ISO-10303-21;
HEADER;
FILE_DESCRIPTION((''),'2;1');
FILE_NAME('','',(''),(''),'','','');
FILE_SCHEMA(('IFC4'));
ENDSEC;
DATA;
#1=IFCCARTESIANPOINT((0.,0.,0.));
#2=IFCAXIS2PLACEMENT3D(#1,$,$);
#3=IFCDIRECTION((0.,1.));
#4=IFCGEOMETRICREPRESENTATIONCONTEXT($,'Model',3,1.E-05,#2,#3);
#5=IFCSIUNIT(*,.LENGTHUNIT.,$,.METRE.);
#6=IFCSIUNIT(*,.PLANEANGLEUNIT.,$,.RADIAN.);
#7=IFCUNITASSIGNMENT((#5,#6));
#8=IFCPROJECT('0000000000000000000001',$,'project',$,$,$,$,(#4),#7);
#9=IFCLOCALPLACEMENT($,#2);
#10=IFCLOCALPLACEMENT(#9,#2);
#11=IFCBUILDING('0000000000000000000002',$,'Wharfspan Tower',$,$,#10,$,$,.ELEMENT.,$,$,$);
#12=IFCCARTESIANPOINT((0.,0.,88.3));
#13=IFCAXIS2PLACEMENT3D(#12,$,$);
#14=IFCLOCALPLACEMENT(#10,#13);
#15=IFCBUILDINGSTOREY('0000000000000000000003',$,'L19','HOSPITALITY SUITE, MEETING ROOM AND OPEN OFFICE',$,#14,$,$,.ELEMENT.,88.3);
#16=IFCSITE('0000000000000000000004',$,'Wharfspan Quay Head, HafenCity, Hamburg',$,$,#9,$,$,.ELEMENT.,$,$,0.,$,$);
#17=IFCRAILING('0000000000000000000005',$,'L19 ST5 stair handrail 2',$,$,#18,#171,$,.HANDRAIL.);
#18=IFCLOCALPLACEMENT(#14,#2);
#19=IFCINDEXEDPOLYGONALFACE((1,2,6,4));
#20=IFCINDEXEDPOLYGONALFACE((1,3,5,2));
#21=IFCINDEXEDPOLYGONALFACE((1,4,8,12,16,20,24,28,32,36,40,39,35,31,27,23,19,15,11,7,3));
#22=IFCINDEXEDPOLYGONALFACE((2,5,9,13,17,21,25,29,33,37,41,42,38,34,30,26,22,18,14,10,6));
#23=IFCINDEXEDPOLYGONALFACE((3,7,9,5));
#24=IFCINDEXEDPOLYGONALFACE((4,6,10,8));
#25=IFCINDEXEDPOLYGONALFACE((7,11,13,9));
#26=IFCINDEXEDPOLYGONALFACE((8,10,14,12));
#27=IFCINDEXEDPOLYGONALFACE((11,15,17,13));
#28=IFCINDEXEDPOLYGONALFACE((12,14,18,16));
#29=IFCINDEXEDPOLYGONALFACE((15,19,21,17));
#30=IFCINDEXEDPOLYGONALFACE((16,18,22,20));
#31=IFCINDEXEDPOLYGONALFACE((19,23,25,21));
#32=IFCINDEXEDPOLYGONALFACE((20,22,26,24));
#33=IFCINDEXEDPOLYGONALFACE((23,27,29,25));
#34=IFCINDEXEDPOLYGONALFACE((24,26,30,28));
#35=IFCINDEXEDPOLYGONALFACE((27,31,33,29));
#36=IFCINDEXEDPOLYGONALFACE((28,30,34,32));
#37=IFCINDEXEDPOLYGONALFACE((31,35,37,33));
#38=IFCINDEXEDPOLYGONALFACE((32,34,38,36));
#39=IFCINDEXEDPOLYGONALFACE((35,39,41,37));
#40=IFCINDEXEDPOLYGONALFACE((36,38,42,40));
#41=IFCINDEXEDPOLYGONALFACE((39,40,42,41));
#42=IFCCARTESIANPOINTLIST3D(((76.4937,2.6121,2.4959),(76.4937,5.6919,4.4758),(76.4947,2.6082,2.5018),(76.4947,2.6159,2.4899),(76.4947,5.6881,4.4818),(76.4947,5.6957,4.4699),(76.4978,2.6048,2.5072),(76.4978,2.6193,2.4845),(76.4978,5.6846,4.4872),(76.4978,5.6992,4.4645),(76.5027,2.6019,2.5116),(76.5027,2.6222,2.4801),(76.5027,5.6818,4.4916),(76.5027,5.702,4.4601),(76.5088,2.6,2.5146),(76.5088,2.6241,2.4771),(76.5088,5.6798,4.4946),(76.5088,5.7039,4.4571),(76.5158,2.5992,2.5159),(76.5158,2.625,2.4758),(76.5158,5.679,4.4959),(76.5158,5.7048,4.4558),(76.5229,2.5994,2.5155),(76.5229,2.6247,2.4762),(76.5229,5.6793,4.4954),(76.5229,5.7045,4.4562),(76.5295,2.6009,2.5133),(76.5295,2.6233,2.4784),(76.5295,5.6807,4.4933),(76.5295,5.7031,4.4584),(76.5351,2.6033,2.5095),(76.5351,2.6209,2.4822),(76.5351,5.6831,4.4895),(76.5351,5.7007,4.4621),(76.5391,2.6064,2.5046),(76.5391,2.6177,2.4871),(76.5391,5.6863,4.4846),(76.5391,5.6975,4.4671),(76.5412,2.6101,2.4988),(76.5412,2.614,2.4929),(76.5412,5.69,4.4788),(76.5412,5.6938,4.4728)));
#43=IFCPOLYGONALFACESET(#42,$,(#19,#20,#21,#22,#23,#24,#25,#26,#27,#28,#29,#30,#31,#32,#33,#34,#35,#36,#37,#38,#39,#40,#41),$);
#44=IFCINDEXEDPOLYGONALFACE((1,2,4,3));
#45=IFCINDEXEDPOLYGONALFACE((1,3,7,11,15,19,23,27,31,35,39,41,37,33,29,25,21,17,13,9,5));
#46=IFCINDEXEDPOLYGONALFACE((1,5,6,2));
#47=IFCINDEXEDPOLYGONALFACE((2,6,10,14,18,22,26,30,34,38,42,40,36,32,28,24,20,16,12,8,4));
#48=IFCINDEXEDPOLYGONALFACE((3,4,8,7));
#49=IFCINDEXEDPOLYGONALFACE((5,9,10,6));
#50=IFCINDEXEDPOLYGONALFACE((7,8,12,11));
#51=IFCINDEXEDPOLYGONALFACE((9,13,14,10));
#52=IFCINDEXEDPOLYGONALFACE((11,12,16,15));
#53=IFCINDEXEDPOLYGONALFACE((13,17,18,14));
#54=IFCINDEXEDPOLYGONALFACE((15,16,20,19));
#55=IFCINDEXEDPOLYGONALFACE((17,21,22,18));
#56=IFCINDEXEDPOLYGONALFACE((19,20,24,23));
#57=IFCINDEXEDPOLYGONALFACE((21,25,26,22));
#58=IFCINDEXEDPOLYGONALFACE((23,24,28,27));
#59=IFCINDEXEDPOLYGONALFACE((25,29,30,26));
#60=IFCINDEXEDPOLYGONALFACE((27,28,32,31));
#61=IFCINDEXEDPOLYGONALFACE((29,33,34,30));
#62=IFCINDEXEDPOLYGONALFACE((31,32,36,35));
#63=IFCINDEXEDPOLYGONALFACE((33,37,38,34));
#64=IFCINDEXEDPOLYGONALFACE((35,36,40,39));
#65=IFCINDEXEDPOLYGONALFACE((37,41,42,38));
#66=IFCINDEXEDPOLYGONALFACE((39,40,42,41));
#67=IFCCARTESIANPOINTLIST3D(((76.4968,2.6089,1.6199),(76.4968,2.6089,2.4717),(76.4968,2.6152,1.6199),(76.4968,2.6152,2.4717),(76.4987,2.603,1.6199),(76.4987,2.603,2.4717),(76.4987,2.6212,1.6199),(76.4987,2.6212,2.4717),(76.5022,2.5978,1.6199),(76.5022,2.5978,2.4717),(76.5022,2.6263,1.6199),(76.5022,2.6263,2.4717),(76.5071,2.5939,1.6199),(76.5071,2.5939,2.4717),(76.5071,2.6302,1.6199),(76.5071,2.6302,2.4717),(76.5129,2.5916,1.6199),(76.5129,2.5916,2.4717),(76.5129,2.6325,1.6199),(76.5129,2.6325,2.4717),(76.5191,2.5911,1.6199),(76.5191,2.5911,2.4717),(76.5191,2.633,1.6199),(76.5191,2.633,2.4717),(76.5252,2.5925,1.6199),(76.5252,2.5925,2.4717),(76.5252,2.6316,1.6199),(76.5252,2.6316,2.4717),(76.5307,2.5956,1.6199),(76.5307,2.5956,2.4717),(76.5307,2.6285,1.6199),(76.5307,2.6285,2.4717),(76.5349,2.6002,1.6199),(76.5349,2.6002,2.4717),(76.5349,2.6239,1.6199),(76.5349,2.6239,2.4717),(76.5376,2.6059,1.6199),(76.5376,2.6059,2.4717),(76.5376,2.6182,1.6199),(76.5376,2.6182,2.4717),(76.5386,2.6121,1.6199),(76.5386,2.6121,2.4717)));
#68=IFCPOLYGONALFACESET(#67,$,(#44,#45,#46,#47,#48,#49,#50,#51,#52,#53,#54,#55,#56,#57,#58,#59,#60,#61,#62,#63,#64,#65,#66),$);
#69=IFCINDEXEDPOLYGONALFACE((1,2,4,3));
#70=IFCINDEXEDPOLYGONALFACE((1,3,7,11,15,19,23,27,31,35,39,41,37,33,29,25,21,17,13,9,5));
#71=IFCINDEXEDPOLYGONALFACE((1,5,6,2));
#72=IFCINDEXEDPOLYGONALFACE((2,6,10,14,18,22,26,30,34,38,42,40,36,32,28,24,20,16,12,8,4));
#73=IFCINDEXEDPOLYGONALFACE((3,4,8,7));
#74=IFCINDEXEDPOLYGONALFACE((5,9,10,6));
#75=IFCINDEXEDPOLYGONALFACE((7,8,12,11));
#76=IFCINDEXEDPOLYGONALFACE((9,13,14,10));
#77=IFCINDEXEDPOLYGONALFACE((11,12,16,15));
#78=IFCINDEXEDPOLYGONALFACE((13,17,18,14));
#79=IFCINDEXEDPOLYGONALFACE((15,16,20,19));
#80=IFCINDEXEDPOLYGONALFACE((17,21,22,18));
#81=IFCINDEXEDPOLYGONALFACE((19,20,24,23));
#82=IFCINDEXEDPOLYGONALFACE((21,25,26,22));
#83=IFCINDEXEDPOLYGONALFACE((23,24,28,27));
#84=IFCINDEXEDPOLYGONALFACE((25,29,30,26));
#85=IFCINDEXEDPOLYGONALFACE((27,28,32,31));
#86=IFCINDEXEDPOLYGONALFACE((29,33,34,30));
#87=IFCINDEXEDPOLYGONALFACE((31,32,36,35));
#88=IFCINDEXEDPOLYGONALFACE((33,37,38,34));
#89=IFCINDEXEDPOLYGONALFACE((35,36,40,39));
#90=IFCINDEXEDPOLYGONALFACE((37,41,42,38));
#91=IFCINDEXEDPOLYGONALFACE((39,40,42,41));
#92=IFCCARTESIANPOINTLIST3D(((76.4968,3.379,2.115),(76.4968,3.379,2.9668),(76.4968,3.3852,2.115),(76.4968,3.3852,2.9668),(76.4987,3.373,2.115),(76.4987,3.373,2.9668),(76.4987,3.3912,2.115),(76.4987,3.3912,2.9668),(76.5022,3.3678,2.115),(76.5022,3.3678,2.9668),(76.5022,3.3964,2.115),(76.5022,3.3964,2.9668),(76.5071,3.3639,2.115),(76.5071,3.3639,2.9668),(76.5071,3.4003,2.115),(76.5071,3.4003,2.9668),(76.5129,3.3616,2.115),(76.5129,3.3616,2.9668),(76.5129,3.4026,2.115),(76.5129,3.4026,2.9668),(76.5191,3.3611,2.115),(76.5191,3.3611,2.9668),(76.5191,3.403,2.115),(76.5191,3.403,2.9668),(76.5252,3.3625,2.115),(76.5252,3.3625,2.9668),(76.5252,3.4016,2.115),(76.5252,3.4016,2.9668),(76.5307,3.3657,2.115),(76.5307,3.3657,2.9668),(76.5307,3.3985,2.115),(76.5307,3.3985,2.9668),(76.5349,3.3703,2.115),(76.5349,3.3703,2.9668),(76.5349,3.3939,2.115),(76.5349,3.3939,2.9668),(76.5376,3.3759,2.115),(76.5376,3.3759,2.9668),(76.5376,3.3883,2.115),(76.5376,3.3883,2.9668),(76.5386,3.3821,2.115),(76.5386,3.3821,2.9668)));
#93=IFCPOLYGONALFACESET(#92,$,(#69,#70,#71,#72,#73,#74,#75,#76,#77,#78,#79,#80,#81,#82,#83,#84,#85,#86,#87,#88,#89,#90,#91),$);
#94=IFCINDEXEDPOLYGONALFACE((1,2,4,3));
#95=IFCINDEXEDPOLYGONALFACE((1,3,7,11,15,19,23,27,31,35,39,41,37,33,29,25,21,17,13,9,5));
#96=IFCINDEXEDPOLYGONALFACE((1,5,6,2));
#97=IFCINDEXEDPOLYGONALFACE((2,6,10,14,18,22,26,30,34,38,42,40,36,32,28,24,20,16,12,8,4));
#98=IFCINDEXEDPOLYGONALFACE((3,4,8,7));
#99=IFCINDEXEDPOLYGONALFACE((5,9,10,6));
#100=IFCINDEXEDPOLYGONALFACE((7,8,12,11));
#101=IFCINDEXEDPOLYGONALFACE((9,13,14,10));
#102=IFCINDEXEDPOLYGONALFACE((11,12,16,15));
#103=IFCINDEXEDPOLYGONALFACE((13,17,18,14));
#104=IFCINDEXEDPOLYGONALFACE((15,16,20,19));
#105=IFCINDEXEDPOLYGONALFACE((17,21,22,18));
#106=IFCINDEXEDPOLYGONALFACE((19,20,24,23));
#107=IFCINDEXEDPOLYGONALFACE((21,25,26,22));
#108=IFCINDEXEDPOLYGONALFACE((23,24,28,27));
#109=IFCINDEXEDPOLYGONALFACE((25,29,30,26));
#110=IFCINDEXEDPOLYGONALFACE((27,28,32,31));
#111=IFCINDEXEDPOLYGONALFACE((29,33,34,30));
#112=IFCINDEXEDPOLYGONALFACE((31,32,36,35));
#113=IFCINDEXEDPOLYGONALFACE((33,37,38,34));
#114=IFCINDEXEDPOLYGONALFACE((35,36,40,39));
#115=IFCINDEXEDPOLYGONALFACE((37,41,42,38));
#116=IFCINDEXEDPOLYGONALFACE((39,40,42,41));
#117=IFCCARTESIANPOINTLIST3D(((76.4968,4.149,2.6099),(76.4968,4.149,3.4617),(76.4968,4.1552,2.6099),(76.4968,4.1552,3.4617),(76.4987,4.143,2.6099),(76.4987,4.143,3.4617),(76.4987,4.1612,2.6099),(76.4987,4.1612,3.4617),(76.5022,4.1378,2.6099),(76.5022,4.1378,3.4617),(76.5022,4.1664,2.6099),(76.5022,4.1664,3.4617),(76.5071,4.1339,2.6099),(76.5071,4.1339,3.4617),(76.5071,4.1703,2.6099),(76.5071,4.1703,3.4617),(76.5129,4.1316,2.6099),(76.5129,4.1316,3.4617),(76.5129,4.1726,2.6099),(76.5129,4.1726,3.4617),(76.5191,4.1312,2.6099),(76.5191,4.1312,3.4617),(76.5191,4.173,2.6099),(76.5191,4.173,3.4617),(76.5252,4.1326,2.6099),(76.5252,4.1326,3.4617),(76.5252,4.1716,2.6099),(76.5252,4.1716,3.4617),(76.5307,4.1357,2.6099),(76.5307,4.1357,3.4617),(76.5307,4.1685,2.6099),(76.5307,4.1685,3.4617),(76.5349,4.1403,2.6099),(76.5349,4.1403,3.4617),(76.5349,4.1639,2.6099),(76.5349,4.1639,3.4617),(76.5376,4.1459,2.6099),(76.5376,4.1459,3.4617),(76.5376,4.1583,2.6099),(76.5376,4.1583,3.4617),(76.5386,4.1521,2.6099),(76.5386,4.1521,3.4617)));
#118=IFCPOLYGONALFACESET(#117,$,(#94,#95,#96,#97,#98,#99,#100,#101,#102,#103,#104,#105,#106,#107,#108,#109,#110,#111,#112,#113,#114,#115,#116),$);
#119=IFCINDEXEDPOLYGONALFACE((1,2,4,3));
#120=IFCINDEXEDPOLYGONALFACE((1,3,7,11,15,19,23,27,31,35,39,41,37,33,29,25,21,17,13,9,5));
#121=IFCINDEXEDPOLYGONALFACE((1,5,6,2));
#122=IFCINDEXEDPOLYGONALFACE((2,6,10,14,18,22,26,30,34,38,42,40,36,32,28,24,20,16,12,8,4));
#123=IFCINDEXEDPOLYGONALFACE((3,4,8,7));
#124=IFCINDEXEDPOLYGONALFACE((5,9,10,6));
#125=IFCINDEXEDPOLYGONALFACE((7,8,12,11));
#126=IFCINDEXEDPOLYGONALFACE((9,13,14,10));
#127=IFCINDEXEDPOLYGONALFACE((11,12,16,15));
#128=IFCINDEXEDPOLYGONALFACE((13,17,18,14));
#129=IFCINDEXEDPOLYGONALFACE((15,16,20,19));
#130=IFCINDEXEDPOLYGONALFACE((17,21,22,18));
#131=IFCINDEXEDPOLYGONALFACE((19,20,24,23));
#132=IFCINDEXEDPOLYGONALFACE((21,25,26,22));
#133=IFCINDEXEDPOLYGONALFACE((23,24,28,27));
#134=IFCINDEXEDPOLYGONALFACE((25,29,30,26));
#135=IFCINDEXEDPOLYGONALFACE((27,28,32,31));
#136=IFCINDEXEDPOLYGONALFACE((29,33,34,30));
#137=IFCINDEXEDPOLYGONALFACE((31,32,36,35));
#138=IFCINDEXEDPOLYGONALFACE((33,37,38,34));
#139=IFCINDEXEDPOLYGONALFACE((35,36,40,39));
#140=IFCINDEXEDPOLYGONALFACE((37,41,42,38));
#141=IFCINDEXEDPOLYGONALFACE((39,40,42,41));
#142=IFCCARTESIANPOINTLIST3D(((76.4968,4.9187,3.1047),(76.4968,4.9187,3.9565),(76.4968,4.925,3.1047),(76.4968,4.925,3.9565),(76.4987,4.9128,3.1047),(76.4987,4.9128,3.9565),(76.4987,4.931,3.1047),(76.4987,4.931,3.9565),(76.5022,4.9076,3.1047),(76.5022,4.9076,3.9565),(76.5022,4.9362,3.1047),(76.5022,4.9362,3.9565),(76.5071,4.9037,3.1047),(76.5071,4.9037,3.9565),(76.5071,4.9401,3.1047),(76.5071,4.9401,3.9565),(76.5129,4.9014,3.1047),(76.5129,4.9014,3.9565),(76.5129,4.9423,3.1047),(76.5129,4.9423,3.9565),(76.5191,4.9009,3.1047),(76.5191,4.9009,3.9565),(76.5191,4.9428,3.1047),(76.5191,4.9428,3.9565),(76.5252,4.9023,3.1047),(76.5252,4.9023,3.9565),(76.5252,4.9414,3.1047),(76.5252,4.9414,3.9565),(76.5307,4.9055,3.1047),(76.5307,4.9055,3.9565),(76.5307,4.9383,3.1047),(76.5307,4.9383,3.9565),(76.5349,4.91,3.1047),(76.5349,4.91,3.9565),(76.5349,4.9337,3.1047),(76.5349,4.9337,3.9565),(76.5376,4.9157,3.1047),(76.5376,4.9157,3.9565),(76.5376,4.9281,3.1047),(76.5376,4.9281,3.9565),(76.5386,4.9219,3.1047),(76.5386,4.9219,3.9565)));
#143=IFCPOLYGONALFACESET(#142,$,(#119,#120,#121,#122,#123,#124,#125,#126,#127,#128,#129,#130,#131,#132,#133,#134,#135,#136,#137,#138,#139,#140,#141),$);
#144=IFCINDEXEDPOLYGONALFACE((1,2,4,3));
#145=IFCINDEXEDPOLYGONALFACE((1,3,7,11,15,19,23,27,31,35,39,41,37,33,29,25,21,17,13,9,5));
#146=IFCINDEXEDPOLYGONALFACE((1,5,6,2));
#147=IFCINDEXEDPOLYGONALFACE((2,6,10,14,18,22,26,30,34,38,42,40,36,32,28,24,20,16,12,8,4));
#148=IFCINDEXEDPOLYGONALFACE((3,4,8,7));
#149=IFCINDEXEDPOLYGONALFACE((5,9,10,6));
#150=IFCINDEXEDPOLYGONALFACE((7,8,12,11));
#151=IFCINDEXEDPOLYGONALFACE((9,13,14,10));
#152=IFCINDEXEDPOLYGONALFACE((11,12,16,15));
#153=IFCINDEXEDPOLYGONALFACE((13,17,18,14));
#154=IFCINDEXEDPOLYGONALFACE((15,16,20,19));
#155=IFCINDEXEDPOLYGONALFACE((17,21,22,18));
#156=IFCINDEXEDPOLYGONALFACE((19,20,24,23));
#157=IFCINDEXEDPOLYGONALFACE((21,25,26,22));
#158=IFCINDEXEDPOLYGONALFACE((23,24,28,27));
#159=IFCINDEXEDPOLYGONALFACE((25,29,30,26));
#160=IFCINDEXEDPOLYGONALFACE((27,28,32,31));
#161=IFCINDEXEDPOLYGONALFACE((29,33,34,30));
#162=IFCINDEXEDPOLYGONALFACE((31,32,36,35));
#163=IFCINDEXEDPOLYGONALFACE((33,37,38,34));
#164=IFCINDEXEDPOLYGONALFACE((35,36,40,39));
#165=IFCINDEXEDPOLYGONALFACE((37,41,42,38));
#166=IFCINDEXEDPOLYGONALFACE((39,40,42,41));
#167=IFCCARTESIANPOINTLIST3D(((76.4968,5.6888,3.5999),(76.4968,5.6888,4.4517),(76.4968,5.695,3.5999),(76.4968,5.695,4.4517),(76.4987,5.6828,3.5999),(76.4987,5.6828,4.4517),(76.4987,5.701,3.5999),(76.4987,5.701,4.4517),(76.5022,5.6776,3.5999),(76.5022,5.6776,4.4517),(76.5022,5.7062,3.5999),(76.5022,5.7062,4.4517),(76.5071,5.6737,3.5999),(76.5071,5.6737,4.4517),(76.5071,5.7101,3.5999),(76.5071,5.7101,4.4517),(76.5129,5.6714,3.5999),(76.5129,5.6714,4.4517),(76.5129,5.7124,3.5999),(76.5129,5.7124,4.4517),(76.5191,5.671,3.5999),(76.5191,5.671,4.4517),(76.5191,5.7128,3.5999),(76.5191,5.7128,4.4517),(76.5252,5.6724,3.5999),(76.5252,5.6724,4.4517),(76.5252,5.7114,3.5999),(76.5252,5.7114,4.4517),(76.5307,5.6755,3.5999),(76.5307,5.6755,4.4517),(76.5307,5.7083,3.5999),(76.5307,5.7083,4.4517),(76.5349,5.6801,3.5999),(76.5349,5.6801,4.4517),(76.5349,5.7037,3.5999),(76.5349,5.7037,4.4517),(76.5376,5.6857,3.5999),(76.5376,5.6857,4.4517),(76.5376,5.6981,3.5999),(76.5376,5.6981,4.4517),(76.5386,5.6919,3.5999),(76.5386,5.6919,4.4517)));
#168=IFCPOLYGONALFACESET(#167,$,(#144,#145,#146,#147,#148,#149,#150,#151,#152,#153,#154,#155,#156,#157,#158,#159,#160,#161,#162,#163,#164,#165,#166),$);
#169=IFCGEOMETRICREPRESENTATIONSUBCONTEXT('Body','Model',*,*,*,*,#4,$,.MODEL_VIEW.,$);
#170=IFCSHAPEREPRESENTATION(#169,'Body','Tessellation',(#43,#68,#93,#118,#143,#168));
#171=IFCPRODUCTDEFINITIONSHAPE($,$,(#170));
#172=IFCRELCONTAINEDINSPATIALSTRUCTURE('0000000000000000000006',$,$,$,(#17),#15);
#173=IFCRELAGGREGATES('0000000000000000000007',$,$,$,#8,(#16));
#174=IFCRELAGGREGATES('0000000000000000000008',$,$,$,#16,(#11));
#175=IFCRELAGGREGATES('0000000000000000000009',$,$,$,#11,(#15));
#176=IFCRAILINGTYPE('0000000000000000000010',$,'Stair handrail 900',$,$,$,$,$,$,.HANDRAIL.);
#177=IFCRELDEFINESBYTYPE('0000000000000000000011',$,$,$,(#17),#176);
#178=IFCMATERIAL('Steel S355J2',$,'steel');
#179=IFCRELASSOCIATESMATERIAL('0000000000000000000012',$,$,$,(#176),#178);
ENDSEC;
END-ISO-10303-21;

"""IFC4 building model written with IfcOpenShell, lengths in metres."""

from ifc_helpers import new_model, si_unit, direction, frame, origin, origin_2d, place, context, subcontext, project, spatial, circle, extrude, material, type_object, element, save


model = new_model("IFC4")

# Units and contexts
model_context = context("Model", 3, precision=1e-05, world=origin(), true_north=direction((0.0, 1.0)))
body_context = subcontext(model_context, "Body", "Model", "MODEL_VIEW")
ifc_project = project(units=[si_unit("LENGTHUNIT", "METRE"), si_unit("PLANEANGLEUNIT", "RADIAN")], contexts=[model_context])

# Site, building, storey
site_placement = place(None, origin())
site = spatial("IfcSite", under=ifc_project, at=site_placement, Name="Wharfspan Quay Head, HafenCity, Hamburg", CompositionType="ELEMENT", RefElevation=0.0)
building_placement = place(site_placement, origin())
building = spatial("IfcBuilding", under=site, at=building_placement, Name="Wharfspan Tower", CompositionType="ELEMENT")
storey_placement = place(building_placement, frame((0.0, 0.0, 88.3)))
storey = spatial("IfcBuildingStorey", under=building, at=storey_placement, Name="L19", Description="HOSPITALITY SUITE, MEETING ROOM AND OPEN OFFICE", CompositionType="ELEMENT", Elevation=88.3)

# Shared definitions
ifc_material_1 = material(Name="Steel S355J2", Category="steel")

# Railing
railing_type_1 = type_object("IfcRailingType", Name="Stair handrail 900", PredefinedType="HANDRAIL", material=ifc_material_1)
railing_1_placement = place(storey_placement, frame((76.5176, 2.6121, 1.6199)))
element("IfcRailing", 1, at=railing_1_placement, inside=storey, type_object=railing_type_1, Name="L19 ST5 stair handrail 2", PredefinedType="HANDRAIL", context=body_context, shape_type="SweptSolid", body=[
    extrude(circle(Radius=0.0239, at=origin_2d()), frame((0.0, 0.0, 0.876), z_axis=(0.0, 0.841168, 0.540774), x_axis=(-1.0, 0.0, 0.0)), (0.0, 0.0, 1.0), 3.6614),
    extrude(circle(Radius=0.021, at=origin_2d()), origin(), (0.0, 0.0, 1.0), 0.8518),
    extrude(circle(Radius=0.021, at=origin_2d()), frame((0.0, 0.77, 0.4951)), (0.0, 0.0, 1.0), 0.8518),
    extrude(circle(Radius=0.021, at=origin_2d()), frame((0.0, 1.54, 0.99)), (0.0, 0.0, 1.0), 0.8518),
    extrude(circle(Radius=0.021, at=origin_2d()), frame((0.0, 2.3098, 1.4849)), (0.0, 0.0, 1.0), 0.8518),
    extrude(circle(Radius=0.021, at=origin_2d()), frame((0.0, 3.0798, 1.98)), (0.0, 0.0, 1.0), 0.8518),
])

save(model, "model.ifc")
